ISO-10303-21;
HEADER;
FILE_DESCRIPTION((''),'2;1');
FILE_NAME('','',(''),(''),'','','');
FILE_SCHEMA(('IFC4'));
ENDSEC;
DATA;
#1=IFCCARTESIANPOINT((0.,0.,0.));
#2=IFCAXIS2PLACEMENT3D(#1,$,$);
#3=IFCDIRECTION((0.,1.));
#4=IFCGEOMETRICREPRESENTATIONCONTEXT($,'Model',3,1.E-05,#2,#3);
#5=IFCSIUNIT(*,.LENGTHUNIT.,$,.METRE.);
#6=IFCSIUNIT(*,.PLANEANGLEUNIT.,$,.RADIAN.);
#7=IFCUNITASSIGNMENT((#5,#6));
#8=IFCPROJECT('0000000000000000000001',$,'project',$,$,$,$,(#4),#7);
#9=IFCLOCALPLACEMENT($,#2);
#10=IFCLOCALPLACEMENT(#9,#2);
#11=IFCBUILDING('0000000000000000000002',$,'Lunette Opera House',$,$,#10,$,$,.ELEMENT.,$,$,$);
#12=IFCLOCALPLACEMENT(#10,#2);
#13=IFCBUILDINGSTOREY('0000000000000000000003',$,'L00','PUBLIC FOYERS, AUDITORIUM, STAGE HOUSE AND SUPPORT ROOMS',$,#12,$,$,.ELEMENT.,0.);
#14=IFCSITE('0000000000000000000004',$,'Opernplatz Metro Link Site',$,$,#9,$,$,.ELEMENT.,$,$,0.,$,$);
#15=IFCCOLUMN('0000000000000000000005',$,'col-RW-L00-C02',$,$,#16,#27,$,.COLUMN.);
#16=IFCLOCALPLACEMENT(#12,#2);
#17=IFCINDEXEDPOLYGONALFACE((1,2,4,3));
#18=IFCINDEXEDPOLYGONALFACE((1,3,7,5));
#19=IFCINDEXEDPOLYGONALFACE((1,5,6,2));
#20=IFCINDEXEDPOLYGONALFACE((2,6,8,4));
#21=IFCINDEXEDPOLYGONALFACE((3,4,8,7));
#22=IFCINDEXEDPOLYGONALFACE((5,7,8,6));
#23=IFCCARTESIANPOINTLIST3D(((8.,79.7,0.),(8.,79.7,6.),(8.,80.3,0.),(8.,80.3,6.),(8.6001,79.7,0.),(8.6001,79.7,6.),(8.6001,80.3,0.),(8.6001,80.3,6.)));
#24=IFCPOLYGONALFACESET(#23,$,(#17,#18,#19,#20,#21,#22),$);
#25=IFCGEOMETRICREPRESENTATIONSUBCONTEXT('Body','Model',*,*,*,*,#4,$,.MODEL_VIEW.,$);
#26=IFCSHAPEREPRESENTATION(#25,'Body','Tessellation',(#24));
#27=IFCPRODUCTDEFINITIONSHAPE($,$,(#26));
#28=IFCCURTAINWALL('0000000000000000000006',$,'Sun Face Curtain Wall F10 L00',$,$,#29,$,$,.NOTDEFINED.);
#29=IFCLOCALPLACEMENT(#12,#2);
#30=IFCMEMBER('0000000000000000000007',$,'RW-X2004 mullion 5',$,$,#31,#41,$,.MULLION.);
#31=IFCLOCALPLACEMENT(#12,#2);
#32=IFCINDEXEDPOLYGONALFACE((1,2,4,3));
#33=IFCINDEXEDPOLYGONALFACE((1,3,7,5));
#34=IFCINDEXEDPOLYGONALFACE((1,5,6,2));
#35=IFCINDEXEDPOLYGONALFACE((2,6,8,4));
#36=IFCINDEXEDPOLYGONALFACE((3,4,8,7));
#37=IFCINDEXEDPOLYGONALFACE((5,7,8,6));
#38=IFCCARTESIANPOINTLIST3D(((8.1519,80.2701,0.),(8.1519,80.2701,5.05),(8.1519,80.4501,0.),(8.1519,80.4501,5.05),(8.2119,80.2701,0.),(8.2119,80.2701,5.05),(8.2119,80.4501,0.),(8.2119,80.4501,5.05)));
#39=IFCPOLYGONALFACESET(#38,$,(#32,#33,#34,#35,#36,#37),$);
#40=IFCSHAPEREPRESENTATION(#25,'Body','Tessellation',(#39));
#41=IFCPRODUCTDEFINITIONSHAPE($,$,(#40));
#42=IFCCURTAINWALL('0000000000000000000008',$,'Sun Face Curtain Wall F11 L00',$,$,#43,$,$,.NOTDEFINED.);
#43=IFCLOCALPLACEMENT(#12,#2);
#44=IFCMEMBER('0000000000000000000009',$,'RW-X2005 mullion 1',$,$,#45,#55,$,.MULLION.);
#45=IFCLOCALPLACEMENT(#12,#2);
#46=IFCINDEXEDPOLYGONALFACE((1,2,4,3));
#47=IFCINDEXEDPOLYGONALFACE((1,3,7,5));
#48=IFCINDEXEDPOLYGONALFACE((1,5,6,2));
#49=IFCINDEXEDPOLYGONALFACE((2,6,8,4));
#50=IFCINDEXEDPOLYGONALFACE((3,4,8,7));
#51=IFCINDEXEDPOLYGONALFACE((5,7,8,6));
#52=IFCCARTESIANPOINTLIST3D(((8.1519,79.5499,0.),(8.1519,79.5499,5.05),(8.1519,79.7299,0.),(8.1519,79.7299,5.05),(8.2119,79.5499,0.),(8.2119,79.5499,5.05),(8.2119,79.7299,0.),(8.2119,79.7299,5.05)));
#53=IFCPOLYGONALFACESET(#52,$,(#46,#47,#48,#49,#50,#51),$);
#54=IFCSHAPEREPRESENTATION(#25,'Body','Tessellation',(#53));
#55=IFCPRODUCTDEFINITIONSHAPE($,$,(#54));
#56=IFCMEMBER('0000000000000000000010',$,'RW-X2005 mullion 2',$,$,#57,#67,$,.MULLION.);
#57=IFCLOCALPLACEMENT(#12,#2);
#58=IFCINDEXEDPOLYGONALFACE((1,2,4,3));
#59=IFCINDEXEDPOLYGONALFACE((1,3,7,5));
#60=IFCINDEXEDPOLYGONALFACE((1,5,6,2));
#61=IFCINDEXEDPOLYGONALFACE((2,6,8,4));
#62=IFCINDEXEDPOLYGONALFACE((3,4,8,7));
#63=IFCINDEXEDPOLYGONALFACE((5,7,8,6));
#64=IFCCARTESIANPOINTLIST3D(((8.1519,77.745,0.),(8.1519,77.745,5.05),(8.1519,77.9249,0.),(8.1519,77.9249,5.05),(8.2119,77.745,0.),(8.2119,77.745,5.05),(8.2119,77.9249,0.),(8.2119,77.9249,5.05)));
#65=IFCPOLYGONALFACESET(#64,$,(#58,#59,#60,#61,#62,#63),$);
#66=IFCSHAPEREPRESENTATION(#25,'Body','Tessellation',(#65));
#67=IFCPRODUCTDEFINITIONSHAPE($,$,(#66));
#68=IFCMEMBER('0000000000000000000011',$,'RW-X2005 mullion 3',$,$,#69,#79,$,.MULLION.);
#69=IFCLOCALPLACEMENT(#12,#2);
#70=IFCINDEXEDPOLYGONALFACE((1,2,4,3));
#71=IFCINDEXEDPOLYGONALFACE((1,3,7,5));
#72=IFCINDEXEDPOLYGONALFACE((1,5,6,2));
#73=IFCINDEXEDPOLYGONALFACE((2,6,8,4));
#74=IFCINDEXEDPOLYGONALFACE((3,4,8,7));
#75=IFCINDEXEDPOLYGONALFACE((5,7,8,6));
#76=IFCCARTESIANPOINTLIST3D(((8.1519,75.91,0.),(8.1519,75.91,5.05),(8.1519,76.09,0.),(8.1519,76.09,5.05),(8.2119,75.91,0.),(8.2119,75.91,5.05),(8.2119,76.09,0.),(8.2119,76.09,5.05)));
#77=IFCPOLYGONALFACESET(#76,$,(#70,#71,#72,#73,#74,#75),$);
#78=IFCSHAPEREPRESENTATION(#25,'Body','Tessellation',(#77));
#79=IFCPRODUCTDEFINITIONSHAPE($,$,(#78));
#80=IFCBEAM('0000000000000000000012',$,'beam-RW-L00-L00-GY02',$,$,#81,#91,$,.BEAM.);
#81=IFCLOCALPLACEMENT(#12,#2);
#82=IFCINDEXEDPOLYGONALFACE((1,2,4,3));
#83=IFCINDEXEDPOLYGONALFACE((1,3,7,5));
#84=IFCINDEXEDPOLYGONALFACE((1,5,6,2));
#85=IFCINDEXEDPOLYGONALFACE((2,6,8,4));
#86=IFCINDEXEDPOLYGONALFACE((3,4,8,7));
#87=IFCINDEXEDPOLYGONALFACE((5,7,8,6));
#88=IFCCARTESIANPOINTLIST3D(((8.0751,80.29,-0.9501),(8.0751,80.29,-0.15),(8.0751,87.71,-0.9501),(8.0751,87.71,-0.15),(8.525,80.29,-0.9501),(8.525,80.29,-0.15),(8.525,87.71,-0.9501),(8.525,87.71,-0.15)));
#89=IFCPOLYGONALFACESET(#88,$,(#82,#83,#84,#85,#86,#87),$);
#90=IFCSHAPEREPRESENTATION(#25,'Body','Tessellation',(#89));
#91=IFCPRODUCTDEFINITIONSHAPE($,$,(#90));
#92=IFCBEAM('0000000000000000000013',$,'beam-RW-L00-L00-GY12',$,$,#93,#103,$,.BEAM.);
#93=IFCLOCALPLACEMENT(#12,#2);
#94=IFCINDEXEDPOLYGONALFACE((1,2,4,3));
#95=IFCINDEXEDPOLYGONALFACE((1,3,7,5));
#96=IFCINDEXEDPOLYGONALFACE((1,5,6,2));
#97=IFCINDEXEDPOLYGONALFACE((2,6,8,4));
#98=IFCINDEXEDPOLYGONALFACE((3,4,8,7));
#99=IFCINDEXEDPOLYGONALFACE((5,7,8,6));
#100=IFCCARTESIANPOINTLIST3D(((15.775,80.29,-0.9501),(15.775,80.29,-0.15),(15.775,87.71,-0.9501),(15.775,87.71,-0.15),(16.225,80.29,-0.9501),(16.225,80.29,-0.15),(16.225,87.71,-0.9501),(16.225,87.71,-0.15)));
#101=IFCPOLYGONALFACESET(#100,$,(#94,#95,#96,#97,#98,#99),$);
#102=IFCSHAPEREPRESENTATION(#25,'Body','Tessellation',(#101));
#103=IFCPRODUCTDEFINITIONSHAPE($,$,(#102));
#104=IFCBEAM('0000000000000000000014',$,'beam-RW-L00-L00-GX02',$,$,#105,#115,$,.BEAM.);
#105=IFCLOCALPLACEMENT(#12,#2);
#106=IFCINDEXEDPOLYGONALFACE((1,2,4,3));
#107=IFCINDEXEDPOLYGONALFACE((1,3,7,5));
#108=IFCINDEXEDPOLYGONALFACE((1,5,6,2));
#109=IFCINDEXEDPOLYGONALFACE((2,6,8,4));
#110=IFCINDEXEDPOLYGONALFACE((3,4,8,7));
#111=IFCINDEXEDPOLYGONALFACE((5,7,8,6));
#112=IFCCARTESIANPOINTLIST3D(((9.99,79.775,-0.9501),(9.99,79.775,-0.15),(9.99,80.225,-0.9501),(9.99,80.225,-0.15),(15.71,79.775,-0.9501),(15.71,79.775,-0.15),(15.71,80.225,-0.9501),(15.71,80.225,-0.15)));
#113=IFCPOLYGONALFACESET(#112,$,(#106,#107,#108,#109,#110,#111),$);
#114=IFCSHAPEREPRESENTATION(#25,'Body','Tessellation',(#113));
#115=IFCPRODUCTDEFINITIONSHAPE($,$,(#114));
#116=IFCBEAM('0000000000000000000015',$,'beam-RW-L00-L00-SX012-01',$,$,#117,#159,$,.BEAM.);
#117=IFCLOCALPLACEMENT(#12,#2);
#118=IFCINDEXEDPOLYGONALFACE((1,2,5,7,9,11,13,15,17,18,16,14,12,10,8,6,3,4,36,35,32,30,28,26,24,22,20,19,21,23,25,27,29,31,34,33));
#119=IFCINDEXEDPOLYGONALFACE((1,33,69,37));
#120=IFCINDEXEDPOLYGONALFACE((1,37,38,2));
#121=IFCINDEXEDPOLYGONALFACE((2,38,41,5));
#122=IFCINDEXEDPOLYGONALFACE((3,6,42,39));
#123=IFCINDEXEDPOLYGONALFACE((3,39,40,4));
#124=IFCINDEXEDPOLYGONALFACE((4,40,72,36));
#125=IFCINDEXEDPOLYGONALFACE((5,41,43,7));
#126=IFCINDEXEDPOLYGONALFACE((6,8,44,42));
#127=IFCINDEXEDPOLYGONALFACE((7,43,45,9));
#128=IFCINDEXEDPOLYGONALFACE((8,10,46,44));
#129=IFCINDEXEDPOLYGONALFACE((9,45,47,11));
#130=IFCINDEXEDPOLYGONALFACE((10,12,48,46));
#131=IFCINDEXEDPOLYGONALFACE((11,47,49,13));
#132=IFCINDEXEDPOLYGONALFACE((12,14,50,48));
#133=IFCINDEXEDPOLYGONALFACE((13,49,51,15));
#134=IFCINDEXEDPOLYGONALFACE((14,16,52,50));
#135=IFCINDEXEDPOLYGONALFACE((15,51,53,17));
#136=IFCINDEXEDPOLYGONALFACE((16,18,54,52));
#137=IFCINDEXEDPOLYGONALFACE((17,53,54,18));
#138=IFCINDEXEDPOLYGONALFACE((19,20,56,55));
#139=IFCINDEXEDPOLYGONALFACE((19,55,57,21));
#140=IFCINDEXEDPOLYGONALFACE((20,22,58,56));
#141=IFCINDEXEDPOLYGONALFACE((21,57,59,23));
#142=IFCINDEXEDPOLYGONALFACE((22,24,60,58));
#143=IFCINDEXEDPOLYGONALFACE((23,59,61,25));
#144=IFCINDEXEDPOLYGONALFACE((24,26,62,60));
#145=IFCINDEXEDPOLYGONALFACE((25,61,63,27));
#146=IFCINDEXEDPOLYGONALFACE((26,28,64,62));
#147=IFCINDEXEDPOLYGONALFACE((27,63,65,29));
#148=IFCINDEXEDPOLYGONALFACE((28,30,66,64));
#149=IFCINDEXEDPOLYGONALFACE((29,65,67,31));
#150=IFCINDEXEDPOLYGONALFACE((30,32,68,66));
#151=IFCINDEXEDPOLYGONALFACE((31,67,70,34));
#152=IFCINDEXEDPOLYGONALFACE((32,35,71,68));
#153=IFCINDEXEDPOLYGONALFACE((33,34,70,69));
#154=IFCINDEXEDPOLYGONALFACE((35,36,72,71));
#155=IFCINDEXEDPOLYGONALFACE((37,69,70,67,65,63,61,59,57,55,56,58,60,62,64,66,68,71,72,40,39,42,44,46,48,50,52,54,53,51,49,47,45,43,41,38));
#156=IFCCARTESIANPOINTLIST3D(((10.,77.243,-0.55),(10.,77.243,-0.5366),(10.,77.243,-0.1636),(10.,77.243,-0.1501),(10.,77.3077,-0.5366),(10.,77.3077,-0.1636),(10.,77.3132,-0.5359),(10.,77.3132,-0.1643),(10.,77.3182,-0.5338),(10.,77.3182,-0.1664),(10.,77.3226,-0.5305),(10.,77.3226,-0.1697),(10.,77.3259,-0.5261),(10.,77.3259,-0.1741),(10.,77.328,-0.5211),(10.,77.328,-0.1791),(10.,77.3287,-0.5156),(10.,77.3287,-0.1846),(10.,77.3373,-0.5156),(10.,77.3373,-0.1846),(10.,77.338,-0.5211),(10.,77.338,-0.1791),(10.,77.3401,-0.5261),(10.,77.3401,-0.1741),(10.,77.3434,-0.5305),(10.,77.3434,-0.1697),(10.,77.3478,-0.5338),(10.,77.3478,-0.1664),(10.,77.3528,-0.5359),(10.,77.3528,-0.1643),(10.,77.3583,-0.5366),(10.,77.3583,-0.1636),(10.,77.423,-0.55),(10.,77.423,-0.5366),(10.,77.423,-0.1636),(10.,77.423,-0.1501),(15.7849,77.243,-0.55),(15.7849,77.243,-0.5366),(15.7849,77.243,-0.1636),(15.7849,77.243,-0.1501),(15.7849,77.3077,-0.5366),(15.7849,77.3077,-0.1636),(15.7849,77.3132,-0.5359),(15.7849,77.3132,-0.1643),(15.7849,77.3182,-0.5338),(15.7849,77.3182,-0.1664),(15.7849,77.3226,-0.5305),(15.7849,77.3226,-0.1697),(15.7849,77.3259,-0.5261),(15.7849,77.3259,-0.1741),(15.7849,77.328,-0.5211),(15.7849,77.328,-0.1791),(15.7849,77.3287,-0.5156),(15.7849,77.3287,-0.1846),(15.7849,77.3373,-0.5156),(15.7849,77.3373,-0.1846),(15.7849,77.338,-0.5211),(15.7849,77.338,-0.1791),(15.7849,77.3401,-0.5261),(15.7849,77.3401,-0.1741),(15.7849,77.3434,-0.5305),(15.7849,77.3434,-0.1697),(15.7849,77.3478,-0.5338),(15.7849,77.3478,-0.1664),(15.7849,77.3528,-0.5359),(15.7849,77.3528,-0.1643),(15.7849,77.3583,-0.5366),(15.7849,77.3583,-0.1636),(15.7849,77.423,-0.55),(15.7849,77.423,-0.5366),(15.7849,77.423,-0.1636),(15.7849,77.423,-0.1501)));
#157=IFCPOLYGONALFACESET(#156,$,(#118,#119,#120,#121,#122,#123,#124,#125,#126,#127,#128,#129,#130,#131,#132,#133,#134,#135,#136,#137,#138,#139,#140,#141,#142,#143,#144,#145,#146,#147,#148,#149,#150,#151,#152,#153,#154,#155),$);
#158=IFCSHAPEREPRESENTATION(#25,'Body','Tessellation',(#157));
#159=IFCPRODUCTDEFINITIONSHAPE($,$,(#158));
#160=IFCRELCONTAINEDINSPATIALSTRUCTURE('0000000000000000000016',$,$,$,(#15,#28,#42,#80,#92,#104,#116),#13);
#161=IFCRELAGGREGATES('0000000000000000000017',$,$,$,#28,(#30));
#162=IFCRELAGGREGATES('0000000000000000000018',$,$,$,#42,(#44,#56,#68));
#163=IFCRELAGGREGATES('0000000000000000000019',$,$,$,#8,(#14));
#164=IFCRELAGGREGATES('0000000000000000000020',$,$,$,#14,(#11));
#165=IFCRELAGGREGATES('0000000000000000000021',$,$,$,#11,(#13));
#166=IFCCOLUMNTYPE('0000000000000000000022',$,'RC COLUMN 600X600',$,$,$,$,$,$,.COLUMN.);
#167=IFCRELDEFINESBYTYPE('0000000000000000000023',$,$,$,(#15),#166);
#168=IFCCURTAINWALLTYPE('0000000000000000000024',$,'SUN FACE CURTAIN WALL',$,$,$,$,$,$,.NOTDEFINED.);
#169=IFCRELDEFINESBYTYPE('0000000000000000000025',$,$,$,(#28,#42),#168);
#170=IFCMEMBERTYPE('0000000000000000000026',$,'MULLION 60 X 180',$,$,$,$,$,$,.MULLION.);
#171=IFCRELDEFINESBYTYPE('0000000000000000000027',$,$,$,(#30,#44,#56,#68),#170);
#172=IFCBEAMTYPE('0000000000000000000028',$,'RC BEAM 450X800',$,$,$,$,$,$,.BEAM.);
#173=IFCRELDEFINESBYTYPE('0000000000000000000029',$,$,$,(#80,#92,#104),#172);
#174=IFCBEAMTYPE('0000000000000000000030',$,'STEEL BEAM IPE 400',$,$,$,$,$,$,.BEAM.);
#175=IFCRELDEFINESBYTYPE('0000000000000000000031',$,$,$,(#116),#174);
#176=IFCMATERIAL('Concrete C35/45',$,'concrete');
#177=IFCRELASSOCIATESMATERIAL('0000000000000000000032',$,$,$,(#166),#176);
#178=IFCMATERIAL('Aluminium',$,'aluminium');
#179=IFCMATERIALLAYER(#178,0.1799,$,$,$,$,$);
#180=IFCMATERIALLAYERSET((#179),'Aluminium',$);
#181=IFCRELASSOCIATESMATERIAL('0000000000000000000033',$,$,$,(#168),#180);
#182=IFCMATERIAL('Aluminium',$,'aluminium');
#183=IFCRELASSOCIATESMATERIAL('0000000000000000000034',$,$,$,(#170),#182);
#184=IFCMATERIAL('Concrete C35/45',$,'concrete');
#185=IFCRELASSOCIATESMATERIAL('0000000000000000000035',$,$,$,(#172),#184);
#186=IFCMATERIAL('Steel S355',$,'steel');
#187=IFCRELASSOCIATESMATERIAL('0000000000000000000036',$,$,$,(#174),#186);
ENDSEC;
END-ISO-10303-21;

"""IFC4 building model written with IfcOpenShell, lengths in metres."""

from ifc_helpers import new_model, si_unit, direction, frame, origin, origin_2d, place, context, subcontext, project, spatial, rectangle, i_section, extrude, material, layer, layer_set, material_profile, profile_set, type_object, element, aggregate, save


model = new_model("IFC4")

# Units and contexts
model_context = context("Model", 3, precision=1e-05, world=origin(), true_north=direction((0.0, 1.0)))
body_context = subcontext(model_context, "Body", "Model", "MODEL_VIEW")
ifc_project = project(units=[si_unit("LENGTHUNIT", "METRE"), si_unit("PLANEANGLEUNIT", "RADIAN")], contexts=[model_context])

# Site, building, storey
site_placement = place(None, origin())
site = spatial("IfcSite", under=ifc_project, at=site_placement, Name="Opernplatz Metro Link Site", CompositionType="ELEMENT", RefElevation=0.0)
building_placement = place(site_placement, origin())
building = spatial("IfcBuilding", under=site, at=building_placement, Name="Lunette Opera House", CompositionType="ELEMENT")
storey_placement = place(building_placement, origin())
storey = spatial("IfcBuildingStorey", under=building, at=storey_placement, Name="L00", Description="PUBLIC FOYERS, AUDITORIUM, STAGE HOUSE AND SUPPORT ROOMS", CompositionType="ELEMENT", Elevation=0.0)

# Column
ifc_material_1 = material(Name="Concrete C35/45", Category="concrete")
ifc_material_profile_1 = material_profile(ifc_material_1, rectangle(XDim=0.6001, YDim=0.6001, at=origin_2d()), Name="RC COLUMN 600X600")
ifc_profile_set_1 = profile_set([ifc_material_profile_1], Name="Concrete C35/45")
column_type = type_object("IfcColumnType", Name="RC COLUMN 600X600", PredefinedType="COLUMN", material=ifc_profile_set_1)
column_placement = place(storey_placement, frame((8.3, 80.0, 0.0), z_axis=(0.0, 0.0, 1.0), x_axis=(1.0, 0.0, 0.0)))
element("IfcColumn", 1, at=column_placement, inside=storey, type_object=column_type, Name="col-RW-L00-C02", PredefinedType="COLUMN", context=body_context, shape_type="SweptSolid", body=[
    extrude(rectangle(XDim=0.6001, YDim=0.6001, at=origin_2d()), origin(), (0.0, 0.0, 1.0), 6.0),
])

# Curtain wall, member
ifc_material_2 = material(Name="Aluminium", Category="aluminium")
ifc_layer_1 = layer(ifc_material_2, 0.1799)
ifc_layer_set_1 = layer_set([ifc_layer_1], Name="Aluminium")
curtain_wall_type = type_object("IfcCurtainWallType", Name="SUN FACE CURTAIN WALL", PredefinedType="NOTDEFINED", material=ifc_layer_set_1)
curtain_wall_1_placement = place(storey_placement, origin())
curtain_wall_1 = element("IfcCurtainWall", 2, at=curtain_wall_1_placement, inside=storey, type_object=curtain_wall_type, Name="Sun Face Curtain Wall F10 L00", PredefinedType="NOTDEFINED")
ifc_material_3 = material(Name="Aluminium", Category="aluminium")
ifc_material_profile_2 = material_profile(ifc_material_3, rectangle(XDim=0.0601, YDim=0.1799, at=origin_2d()), Name="MULLION 60 X 180")
ifc_profile_set_2 = profile_set([ifc_material_profile_2], Name="Aluminium")
member_type_1 = type_object("IfcMemberType", Name="MULLION 60 X 180", PredefinedType="MULLION", material=ifc_profile_set_2)
member_1_placement = place(storey_placement, frame((8.1819, 80.3601, 0.0), z_axis=(0.0, 0.0, 1.0), x_axis=(1.0, 0.0, 0.0)))
member_1 = element("IfcMember", 3, at=member_1_placement, type_object=member_type_1, Name="RW-X2004 mullion 5", PredefinedType="MULLION", context=body_context, shape_type="SweptSolid", body=[
    extrude(rectangle(XDim=0.0601, YDim=0.1799, at=origin_2d()), origin(), (0.0, 0.0, 1.0), 5.05),
])

# Curtain wall, members
curtain_wall_2_placement = place(storey_placement, origin())
curtain_wall_2 = element("IfcCurtainWall", 4, at=curtain_wall_2_placement, inside=storey, type_object=curtain_wall_type, Name="Sun Face Curtain Wall F11 L00", PredefinedType="NOTDEFINED")
member_2_placement = place(storey_placement, frame((8.1819, 79.6399, 0.0), z_axis=(0.0, 0.0, 1.0), x_axis=(1.0, 0.0, 0.0)))
member_2 = element("IfcMember", 5, at=member_2_placement, type_object=member_type_1, Name="RW-X2005 mullion 1", PredefinedType="MULLION", context=body_context, shape_type="SweptSolid", body=[
    extrude(rectangle(XDim=0.0601, YDim=0.1799, at=origin_2d()), origin(), (0.0, 0.0, 1.0), 5.05),
])
member_3_placement = place(storey_placement, frame((8.1819, 77.835, 0.0), z_axis=(0.0, 0.0, 1.0), x_axis=(1.0, 0.0, 0.0)))
member_3 = element("IfcMember", 6, at=member_3_placement, type_object=member_type_1, Name="RW-X2005 mullion 2", PredefinedType="MULLION", context=body_context, shape_type="SweptSolid", body=[
    extrude(rectangle(XDim=0.0601, YDim=0.1799, at=origin_2d()), origin(), (0.0, 0.0, 1.0), 5.05),
])
member_4_placement = place(storey_placement, frame((8.1819, 76.0, 0.0), z_axis=(0.0, 0.0, 1.0), x_axis=(1.0, 0.0, 0.0)))
member_4 = element("IfcMember", 7, at=member_4_placement, type_object=member_type_1, Name="RW-X2005 mullion 3", PredefinedType="MULLION", context=body_context, shape_type="SweptSolid", body=[
    extrude(rectangle(XDim=0.0601, YDim=0.1799, at=origin_2d()), origin(), (0.0, 0.0, 1.0), 5.05),
])

# Beams
ifc_material_4 = material(Name="Concrete C35/45", Category="concrete")
ifc_material_profile_3 = material_profile(ifc_material_4, rectangle(XDim=0.45, YDim=0.8, at=origin_2d()), Name="RC BEAM 450X800")
ifc_profile_set_3 = profile_set([ifc_material_profile_3], Name="Concrete C35/45")
beam_type_1 = type_object("IfcBeamType", Name="RC BEAM 450X800", PredefinedType="BEAM", material=ifc_profile_set_3)
for number, where, z_axis, x_axis, name in (
    (8, (8.3, 80.29, -0.55), (0.0, 1.0, 0.0), (-1.0, 0.0, 0.0), "beam-RW-L00-L00-GY02"),
    (9, (16.0, 80.29, -0.55), (0.0, 1.0, 0.0), (-1.0, 0.0, 0.0), "beam-RW-L00-L00-GY12"),
):
    element("IfcBeam", number, at=place(storey_placement, frame(where, z_axis=z_axis, x_axis=x_axis)), inside=storey, type_object=beam_type_1, Name=name, PredefinedType="BEAM", context=body_context, shape_type="SweptSolid", body=[
        extrude(rectangle(XDim=0.45, YDim=0.8, at=origin_2d()), origin(), (0.0, 0.0, 1.0), 7.4199),
    ])
beam_1_placement = place(storey_placement, frame((9.99, 80.0, -0.55), z_axis=(1.0, 0.0, 0.0), x_axis=(0.0, 1.0, 0.0)))
element("IfcBeam", 10, at=beam_1_placement, inside=storey, type_object=beam_type_1, Name="beam-RW-L00-L00-GX02", PredefinedType="BEAM", context=body_context, shape_type="SweptSolid", body=[
    extrude(rectangle(XDim=0.45, YDim=0.8, at=origin_2d()), origin(), (0.0, 0.0, 1.0), 5.72),
])
ifc_material_5 = material(Name="Steel S355", Category="steel")
ifc_material_profile_4 = material_profile(ifc_material_5, i_section(OverallWidth=0.1799, OverallDepth=0.3999, WebThickness=0.0085, FlangeThickness=0.0134, FilletRadius=0.021, at=origin_2d()), Name="IPE 400")
ifc_profile_set_4 = profile_set([ifc_material_profile_4], Name="Steel S355")
beam_type_2 = type_object("IfcBeamType", Name="STEEL BEAM IPE 400", PredefinedType="BEAM", material=ifc_profile_set_4)
beam_2_placement = place(storey_placement, frame((10.0, 77.333, -0.3501), z_axis=(1.0, 0.0, 0.0), x_axis=(0.0, 1.0, 0.0)))
element("IfcBeam", 11, at=beam_2_placement, inside=storey, type_object=beam_type_2, Name="beam-RW-L00-L00-SX012-01", PredefinedType="BEAM", context=body_context, shape_type="SweptSolid", body=[
    extrude(i_section(OverallWidth=0.1799, OverallDepth=0.3999, WebThickness=0.0085, FlangeThickness=0.0134, FilletRadius=0.021, at=origin_2d()), origin(), (0.0, 0.0, 1.0), 5.7849),
])

aggregate(curtain_wall_1, [member_1])
aggregate(curtain_wall_2, [member_2, member_3, member_4])

save(model, "model.ifc")
